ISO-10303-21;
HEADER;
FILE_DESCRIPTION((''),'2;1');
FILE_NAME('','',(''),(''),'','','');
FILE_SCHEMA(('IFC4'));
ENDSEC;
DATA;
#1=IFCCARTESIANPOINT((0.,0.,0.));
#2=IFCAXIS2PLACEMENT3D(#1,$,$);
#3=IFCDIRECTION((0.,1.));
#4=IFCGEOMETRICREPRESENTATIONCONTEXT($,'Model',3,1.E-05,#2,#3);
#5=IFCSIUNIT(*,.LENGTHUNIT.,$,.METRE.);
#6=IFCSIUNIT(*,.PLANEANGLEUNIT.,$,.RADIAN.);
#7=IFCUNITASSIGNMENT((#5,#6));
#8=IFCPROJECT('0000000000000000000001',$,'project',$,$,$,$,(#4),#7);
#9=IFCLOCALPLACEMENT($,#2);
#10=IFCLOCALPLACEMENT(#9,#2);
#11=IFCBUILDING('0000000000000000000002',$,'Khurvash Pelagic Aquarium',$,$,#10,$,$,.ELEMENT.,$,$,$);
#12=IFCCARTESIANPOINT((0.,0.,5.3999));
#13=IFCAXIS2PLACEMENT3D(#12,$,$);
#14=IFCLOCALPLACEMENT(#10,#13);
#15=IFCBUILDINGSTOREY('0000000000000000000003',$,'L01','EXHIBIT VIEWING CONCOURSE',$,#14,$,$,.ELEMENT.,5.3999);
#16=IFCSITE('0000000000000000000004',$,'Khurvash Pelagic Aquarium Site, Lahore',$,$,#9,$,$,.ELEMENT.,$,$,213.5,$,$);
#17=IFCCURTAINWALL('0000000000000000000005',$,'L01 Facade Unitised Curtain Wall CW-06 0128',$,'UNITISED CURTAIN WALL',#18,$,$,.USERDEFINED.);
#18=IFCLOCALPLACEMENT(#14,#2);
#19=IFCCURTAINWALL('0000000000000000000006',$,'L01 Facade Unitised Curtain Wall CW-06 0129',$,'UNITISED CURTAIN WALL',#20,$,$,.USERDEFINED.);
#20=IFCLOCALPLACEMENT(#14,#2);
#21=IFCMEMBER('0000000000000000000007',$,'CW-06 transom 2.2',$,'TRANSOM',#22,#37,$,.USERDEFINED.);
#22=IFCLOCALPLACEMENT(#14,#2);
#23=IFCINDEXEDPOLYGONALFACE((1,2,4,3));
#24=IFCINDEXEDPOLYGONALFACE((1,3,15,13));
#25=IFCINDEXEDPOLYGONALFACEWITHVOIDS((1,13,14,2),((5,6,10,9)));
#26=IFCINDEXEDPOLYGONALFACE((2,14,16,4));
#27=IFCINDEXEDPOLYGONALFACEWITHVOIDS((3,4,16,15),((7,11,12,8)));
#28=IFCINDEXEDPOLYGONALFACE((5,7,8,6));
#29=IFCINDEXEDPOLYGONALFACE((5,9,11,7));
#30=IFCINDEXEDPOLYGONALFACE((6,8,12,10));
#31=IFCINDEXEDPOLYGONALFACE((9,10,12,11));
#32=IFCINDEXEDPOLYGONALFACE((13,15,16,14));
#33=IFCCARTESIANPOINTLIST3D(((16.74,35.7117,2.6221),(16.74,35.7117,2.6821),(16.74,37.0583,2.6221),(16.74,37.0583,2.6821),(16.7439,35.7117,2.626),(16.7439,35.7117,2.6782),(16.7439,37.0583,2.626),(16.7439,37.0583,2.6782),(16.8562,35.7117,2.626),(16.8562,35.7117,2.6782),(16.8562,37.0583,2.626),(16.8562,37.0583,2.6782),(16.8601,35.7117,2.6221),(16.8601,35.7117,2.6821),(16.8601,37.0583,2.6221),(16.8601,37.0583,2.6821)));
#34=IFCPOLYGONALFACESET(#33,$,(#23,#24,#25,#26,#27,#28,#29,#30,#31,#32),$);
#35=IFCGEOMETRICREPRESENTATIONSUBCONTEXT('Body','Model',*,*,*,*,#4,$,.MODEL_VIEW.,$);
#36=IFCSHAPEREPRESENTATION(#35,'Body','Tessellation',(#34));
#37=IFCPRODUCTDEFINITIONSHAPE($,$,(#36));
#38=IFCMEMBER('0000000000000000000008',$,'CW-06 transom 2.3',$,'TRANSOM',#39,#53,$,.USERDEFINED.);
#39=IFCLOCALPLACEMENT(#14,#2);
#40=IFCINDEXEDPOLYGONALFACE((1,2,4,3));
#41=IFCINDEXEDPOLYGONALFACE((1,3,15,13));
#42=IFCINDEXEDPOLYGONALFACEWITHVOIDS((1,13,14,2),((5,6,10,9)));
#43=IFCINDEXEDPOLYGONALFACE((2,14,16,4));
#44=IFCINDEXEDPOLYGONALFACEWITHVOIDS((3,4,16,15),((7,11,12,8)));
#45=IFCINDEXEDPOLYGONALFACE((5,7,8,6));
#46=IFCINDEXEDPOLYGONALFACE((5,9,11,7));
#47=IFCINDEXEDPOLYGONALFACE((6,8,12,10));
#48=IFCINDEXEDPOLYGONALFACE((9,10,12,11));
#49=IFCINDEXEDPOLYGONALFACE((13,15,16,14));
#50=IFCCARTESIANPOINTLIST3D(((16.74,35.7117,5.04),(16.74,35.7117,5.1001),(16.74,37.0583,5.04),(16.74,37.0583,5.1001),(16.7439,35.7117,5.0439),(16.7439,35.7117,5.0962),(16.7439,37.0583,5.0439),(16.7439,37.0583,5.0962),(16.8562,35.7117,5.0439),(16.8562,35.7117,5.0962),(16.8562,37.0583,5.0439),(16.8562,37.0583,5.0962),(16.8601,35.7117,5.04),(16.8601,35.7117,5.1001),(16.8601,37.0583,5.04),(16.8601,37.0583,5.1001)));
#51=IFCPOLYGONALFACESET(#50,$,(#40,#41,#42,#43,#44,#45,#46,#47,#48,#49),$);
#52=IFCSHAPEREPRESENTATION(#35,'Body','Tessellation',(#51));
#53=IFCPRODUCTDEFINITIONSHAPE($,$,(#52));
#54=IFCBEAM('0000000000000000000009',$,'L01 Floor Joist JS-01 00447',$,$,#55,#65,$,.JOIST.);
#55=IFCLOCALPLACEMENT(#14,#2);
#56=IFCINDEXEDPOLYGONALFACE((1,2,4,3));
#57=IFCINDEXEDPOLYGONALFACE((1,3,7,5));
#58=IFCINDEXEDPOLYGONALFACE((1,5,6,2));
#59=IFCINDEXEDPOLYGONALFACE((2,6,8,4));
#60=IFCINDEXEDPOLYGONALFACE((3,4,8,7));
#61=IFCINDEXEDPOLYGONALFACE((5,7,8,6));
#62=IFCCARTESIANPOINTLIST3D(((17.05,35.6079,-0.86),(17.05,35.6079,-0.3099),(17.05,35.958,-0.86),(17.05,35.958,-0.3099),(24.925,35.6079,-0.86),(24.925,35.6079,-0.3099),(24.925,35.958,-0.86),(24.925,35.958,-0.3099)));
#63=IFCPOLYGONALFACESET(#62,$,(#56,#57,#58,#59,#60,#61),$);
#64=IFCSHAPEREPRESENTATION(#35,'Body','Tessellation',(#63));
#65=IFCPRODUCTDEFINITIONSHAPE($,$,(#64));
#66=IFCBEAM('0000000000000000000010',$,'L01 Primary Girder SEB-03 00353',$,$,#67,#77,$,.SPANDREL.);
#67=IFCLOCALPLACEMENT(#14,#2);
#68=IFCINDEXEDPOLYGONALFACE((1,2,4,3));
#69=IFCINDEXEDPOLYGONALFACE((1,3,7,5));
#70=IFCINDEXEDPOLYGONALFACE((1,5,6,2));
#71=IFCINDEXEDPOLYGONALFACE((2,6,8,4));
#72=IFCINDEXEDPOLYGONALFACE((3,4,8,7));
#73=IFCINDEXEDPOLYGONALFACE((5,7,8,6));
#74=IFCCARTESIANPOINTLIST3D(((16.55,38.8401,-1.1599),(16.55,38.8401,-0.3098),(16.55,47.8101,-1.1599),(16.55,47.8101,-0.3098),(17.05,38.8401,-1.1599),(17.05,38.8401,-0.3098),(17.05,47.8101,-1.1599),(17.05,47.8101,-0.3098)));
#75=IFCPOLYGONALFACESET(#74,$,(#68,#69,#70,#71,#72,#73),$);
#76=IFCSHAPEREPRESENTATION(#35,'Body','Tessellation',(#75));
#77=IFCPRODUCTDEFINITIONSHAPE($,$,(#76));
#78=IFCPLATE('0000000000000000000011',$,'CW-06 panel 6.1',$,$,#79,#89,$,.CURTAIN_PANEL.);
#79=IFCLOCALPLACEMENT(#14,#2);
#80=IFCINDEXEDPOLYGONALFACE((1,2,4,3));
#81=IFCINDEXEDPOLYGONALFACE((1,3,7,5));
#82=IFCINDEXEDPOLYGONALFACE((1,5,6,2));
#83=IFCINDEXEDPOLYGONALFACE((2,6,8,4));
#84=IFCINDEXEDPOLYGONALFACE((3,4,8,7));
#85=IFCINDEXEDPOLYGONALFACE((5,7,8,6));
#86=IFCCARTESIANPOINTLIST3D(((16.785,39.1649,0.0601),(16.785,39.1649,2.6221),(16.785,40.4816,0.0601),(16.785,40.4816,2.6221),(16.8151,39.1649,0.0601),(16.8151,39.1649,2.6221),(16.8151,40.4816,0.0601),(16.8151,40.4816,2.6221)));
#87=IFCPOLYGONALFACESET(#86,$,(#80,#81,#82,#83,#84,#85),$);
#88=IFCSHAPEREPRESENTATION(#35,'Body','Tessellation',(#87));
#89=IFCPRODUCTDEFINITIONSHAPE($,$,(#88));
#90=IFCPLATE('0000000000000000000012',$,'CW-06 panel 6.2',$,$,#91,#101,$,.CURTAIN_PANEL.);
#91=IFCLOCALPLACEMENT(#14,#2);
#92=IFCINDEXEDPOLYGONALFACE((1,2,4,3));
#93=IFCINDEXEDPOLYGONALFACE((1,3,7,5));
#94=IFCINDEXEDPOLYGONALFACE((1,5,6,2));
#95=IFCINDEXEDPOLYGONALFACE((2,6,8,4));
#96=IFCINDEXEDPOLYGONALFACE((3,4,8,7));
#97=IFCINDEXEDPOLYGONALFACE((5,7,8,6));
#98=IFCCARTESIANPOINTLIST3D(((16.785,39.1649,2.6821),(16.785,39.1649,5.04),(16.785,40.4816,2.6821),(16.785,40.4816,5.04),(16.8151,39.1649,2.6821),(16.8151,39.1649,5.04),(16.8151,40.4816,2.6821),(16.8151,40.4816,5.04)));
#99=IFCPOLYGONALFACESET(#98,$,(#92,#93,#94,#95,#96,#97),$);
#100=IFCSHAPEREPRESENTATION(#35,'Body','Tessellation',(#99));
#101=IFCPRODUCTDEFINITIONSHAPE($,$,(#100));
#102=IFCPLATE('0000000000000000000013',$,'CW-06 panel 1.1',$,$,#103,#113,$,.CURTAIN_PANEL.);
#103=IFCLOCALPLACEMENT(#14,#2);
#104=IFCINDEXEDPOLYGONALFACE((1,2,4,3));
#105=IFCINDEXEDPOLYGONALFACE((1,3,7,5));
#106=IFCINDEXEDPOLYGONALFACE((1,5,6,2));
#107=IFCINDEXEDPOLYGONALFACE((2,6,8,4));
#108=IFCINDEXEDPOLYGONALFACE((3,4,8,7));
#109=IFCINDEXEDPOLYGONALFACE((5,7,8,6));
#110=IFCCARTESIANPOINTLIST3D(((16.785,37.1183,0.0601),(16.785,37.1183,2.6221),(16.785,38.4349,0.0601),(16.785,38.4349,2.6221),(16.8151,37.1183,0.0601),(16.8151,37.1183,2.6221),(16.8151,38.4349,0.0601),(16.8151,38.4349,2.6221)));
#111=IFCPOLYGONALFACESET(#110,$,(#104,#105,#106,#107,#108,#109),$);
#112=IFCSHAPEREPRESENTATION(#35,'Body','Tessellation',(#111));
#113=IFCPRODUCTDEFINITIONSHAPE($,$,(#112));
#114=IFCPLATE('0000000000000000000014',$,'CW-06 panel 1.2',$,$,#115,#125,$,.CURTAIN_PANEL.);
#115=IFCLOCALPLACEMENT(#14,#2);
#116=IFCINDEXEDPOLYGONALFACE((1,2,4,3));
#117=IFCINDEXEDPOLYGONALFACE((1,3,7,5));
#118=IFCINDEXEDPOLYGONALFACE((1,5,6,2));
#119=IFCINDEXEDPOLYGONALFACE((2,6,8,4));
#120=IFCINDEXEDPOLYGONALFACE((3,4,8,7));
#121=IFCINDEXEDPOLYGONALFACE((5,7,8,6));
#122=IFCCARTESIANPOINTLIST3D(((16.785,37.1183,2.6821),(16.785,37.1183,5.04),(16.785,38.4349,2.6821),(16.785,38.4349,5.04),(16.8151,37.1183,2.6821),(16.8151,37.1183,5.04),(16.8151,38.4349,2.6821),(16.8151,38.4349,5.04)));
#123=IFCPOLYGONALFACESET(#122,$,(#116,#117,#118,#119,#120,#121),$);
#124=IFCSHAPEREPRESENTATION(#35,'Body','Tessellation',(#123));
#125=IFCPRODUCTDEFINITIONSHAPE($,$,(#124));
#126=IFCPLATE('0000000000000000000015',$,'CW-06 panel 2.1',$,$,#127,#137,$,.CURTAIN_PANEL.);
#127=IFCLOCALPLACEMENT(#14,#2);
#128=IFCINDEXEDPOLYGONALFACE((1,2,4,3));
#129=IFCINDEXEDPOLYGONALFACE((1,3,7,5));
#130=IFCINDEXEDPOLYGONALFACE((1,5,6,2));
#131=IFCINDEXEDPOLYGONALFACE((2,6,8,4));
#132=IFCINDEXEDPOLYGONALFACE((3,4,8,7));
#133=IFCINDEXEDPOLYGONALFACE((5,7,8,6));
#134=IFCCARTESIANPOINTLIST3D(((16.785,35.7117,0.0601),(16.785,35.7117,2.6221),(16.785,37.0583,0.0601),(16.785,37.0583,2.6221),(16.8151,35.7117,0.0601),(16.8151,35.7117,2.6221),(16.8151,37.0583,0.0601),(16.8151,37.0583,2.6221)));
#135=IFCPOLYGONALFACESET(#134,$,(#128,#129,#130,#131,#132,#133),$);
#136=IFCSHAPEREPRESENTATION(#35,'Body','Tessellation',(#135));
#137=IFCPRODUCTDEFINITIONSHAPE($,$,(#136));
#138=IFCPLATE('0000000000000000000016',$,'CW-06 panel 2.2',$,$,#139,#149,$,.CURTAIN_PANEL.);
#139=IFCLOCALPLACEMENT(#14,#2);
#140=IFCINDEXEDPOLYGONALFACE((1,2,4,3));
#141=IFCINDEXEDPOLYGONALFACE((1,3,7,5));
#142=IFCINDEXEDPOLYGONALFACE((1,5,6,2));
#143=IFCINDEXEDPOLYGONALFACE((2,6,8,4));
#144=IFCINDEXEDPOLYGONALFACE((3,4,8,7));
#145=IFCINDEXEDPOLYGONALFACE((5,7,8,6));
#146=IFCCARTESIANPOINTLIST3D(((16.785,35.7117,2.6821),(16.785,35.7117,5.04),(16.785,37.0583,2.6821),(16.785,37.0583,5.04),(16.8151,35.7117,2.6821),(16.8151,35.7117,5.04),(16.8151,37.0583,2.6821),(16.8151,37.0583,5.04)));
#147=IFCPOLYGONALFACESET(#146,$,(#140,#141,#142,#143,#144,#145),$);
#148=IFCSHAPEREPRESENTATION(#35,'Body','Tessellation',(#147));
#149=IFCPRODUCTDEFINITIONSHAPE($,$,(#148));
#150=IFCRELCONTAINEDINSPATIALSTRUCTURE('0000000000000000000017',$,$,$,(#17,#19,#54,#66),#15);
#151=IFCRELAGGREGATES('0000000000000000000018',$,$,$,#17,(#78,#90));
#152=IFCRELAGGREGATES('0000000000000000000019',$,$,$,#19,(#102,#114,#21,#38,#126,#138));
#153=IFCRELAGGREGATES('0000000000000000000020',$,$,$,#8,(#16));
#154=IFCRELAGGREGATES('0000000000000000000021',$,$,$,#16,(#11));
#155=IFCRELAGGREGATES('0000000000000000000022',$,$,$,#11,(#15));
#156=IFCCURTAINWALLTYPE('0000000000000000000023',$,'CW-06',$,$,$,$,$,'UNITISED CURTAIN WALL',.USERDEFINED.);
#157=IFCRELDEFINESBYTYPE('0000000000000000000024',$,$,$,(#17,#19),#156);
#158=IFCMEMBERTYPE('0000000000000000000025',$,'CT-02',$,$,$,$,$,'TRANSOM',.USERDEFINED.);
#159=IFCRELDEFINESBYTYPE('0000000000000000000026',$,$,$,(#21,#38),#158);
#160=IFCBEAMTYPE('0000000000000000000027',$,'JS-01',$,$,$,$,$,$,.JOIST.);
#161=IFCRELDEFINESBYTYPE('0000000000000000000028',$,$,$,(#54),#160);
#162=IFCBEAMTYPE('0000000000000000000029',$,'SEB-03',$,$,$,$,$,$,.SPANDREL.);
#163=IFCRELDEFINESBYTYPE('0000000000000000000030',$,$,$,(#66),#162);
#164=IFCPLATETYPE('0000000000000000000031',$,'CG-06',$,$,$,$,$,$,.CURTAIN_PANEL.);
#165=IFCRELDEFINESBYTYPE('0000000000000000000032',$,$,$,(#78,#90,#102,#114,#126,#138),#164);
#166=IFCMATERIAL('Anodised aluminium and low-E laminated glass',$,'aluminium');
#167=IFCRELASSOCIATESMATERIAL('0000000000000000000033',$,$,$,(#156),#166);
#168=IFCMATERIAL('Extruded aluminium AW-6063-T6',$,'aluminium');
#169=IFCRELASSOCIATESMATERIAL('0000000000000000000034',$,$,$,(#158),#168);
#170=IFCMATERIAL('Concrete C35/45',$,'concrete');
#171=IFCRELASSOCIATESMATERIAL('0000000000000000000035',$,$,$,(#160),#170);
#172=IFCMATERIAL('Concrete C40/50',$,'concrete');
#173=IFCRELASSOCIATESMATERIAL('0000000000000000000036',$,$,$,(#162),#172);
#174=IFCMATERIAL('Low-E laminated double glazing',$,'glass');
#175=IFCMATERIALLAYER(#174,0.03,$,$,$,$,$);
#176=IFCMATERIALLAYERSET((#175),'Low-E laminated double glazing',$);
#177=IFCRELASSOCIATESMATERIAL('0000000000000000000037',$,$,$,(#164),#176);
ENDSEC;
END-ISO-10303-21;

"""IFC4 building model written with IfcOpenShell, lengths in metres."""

from ifc_helpers import new_model, si_unit, direction, frame, origin, origin_2d, place, context, subcontext, project, spatial, rectangle, hollow_rectangle, extrude, material, layer, layer_set, material_profile, profile_set, type_object, element, aggregate, save


model = new_model("IFC4")

# Units and contexts
model_context = context("Model", 3, precision=1e-05, world=origin(), true_north=direction((0.0, 1.0)))
body_context = subcontext(model_context, "Body", "Model", "MODEL_VIEW")
ifc_project = project(units=[si_unit("LENGTHUNIT", "METRE"), si_unit("PLANEANGLEUNIT", "RADIAN")], contexts=[model_context])

# Site, building, storey
site_placement = place(None, origin())
site = spatial("IfcSite", under=ifc_project, at=site_placement, Name="Khurvash Pelagic Aquarium Site, Lahore", CompositionType="ELEMENT", RefElevation=213.5)
building_placement = place(site_placement, origin())
building = spatial("IfcBuilding", under=site, at=building_placement, Name="Khurvash Pelagic Aquarium", CompositionType="ELEMENT")
storey_placement = place(building_placement, frame((0.0, 0.0, 5.3999)))
storey = spatial("IfcBuildingStorey", under=building, at=storey_placement, Name="L01", Description="EXHIBIT VIEWING CONCOURSE", CompositionType="ELEMENT", Elevation=5.3999)

# Shared definitions
ifc_material_1 = material(Name="Concrete C40/50", Category="concrete")

# Curtain wall
ifc_material_2 = material(Name="Anodised aluminium and low-E laminated glass", Category="aluminium")
curtain_wall_type = type_object("IfcCurtainWallType", Name="CW-06", ElementType="UNITISED CURTAIN WALL", PredefinedType="USERDEFINED", material=ifc_material_2)
curtain_wall_1_placement = place(storey_placement, origin())
curtain_wall_1 = element("IfcCurtainWall", 1, at=curtain_wall_1_placement, inside=storey, type_object=curtain_wall_type, Name="L01 Facade Unitised Curtain Wall CW-06 0128", ObjectType="UNITISED CURTAIN WALL", PredefinedType="USERDEFINED")
ifc_material_3 = material(Name="Extruded aluminium AW-6063-T6", Category="aluminium")

# Curtain wall
curtain_wall_2_placement = place(storey_placement, origin())
curtain_wall_2 = element("IfcCurtainWall", 2, at=curtain_wall_2_placement, inside=storey, type_object=curtain_wall_type, Name="L01 Facade Unitised Curtain Wall CW-06 0129", ObjectType="UNITISED CURTAIN WALL", PredefinedType="USERDEFINED")

# Members
ifc_material_profile_1 = material_profile(ifc_material_3, hollow_rectangle(XDim=0.1201, YDim=0.0601, WallThickness=0.0039, at=origin_2d()), Name="CWT120X60X4")
ifc_profile_set_1 = profile_set([ifc_material_profile_1], Name="Extruded aluminium AW-6063-T6")
member_type_1 = type_object("IfcMemberType", Name="CT-02", ElementType="TRANSOM", PredefinedType="USERDEFINED", material=ifc_profile_set_1)
member_1_placement = place(storey_placement, frame((16.8, 37.0583, 2.6521), z_axis=(0.0, -1.0, 0.0), x_axis=(1.0, 0.0, 0.0)))
member_1 = element("IfcMember", 3, at=member_1_placement, type_object=member_type_1, Name="CW-06 transom 2.2", ObjectType="TRANSOM", PredefinedType="USERDEFINED", context=body_context, shape_type="SweptSolid", body=[
    extrude(hollow_rectangle(XDim=0.1201, YDim=0.0601, WallThickness=0.0039, at=origin_2d()), origin(), (0.0, 0.0, 1.0), 1.3467),
])
member_2_placement = place(storey_placement, frame((16.8, 37.0583, 5.0701), z_axis=(0.0, -1.0, 0.0), x_axis=(1.0, 0.0, 0.0)))
member_2 = element("IfcMember", 4, at=member_2_placement, type_object=member_type_1, Name="CW-06 transom 2.3", ObjectType="TRANSOM", PredefinedType="USERDEFINED", context=body_context, shape_type="SweptSolid", body=[
    extrude(hollow_rectangle(XDim=0.1201, YDim=0.0601, WallThickness=0.0039, at=origin_2d()), origin(), (0.0, 0.0, 1.0), 1.3467),
])

# Beams
ifc_material_4 = material(Name="Concrete C35/45", Category="concrete")
ifc_material_profile_2 = material_profile(ifc_material_4, rectangle(XDim=0.3501, YDim=0.55, at=origin_2d()), Name="RC350X550")
ifc_profile_set_2 = profile_set([ifc_material_profile_2], Name="Concrete C35/45")
beam_type_1 = type_object("IfcBeamType", Name="JS-01", PredefinedType="JOIST", material=ifc_profile_set_2)
beam_1_placement = place(storey_placement, frame((17.05, 35.783, -0.585), z_axis=(1.0, 0.0, 0.0), x_axis=(0.0, 1.0, 0.0)))
element("IfcBeam", 5, at=beam_1_placement, inside=storey, type_object=beam_type_1, Name="L01 Floor Joist JS-01 00447", PredefinedType="JOIST", context=body_context, shape_type="SweptSolid", body=[
    extrude(rectangle(XDim=0.3501, YDim=0.55, at=origin_2d()), origin(), (0.0, 0.0, 1.0), 7.875),
])
ifc_material_profile_3 = material_profile(ifc_material_1, rectangle(XDim=0.5, YDim=0.8501, at=origin_2d()), Name="RC500X850")
ifc_profile_set_3 = profile_set([ifc_material_profile_3], Name="Concrete C40/50")
beam_type_2 = type_object("IfcBeamType", Name="SEB-03", PredefinedType="SPANDREL", material=ifc_profile_set_3)
beam_2_placement = place(storey_placement, frame((16.8, 38.8401, -0.7349), z_axis=(0.0, 1.0, 0.0), x_axis=(-1.0, 0.0, 0.0)))
element("IfcBeam", 6, at=beam_2_placement, inside=storey, type_object=beam_type_2, Name="L01 Primary Girder SEB-03 00353", PredefinedType="SPANDREL", context=body_context, shape_type="SweptSolid", body=[
    extrude(rectangle(XDim=0.5, YDim=0.8501, at=origin_2d()), origin(), (0.0, 0.0, 1.0), 8.97),
])

# Plates
ifc_material_5 = material(Name="Low-E laminated double glazing", Category="glass")
ifc_layer = layer(ifc_material_5, 0.03)
ifc_layer_set = layer_set([ifc_layer], Name="Low-E laminated double glazing")
plate_type = type_object("IfcPlateType", Name="CG-06", PredefinedType="CURTAIN_PANEL", material=ifc_layer_set)
plate_1_placement = place(storey_placement, frame((16.8, 39.8232, 0.0601), z_axis=(0.0, 0.0, 1.0), x_axis=(0.0, -1.0, 0.0)))
plate_1 = element("IfcPlate", 7, at=plate_1_placement, type_object=plate_type, Name="CW-06 panel 6.1", PredefinedType="CURTAIN_PANEL", context=body_context, shape_type="SweptSolid", body=[
    extrude(rectangle(XDim=1.3167, YDim=0.03, at=origin_2d()), origin(), (0.0, 0.0, 1.0), 2.562),
])
plate_2_placement = place(storey_placement, frame((16.8, 39.8232, 2.6821), z_axis=(0.0, 0.0, 1.0), x_axis=(0.0, -1.0, 0.0)))
plate_2 = element("IfcPlate", 8, at=plate_2_placement, type_object=plate_type, Name="CW-06 panel 6.2", PredefinedType="CURTAIN_PANEL", context=body_context, shape_type="SweptSolid", body=[
    extrude(rectangle(XDim=1.3167, YDim=0.03, at=origin_2d()), origin(), (0.0, 0.0, 1.0), 2.3579),
])
aggregate(curtain_wall_1, [plate_1, plate_2])
plate_3_placement = place(storey_placement, frame((16.8, 37.7766, 0.0601), z_axis=(0.0, 0.0, 1.0), x_axis=(0.0, -1.0, 0.0)))
plate_3 = element("IfcPlate", 9, at=plate_3_placement, type_object=plate_type, Name="CW-06 panel 1.1", PredefinedType="CURTAIN_PANEL", context=body_context, shape_type="SweptSolid", body=[
    extrude(rectangle(XDim=1.3167, YDim=0.03, at=origin_2d()), origin(), (0.0, 0.0, 1.0), 2.562),
])
plate_4_placement = place(storey_placement, frame((16.8, 37.7766, 2.6821), z_axis=(0.0, 0.0, 1.0), x_axis=(0.0, -1.0, 0.0)))
plate_4 = element("IfcPlate", 10, at=plate_4_placement, type_object=plate_type, Name="CW-06 panel 1.2", PredefinedType="CURTAIN_PANEL", context=body_context, shape_type="SweptSolid", body=[
    extrude(rectangle(XDim=1.3167, YDim=0.03, at=origin_2d()), origin(), (0.0, 0.0, 1.0), 2.3579),
])
plate_5_placement = place(storey_placement, frame((16.8, 36.385, 0.0601), z_axis=(0.0, 0.0, 1.0), x_axis=(0.0, -1.0, 0.0)))
plate_5 = element("IfcPlate", 11, at=plate_5_placement, type_object=plate_type, Name="CW-06 panel 2.1", PredefinedType="CURTAIN_PANEL", context=body_context, shape_type="SweptSolid", body=[
    extrude(rectangle(XDim=1.3467, YDim=0.03, at=origin_2d()), origin(), (0.0, 0.0, 1.0), 2.562),
])
plate_6_placement = place(storey_placement, frame((16.8, 36.385, 2.6821), z_axis=(0.0, 0.0, 1.0), x_axis=(0.0, -1.0, 0.0)))
plate_6 = element("IfcPlate", 12, at=plate_6_placement, type_object=plate_type, Name="CW-06 panel 2.2", PredefinedType="CURTAIN_PANEL", context=body_context, shape_type="SweptSolid", body=[
    extrude(rectangle(XDim=1.3467, YDim=0.03, at=origin_2d()), origin(), (0.0, 0.0, 1.0), 2.3579),
])
aggregate(curtain_wall_2, [plate_3, plate_4, member_1, member_2, plate_5, plate_6])

save(model, "model.ifc")
